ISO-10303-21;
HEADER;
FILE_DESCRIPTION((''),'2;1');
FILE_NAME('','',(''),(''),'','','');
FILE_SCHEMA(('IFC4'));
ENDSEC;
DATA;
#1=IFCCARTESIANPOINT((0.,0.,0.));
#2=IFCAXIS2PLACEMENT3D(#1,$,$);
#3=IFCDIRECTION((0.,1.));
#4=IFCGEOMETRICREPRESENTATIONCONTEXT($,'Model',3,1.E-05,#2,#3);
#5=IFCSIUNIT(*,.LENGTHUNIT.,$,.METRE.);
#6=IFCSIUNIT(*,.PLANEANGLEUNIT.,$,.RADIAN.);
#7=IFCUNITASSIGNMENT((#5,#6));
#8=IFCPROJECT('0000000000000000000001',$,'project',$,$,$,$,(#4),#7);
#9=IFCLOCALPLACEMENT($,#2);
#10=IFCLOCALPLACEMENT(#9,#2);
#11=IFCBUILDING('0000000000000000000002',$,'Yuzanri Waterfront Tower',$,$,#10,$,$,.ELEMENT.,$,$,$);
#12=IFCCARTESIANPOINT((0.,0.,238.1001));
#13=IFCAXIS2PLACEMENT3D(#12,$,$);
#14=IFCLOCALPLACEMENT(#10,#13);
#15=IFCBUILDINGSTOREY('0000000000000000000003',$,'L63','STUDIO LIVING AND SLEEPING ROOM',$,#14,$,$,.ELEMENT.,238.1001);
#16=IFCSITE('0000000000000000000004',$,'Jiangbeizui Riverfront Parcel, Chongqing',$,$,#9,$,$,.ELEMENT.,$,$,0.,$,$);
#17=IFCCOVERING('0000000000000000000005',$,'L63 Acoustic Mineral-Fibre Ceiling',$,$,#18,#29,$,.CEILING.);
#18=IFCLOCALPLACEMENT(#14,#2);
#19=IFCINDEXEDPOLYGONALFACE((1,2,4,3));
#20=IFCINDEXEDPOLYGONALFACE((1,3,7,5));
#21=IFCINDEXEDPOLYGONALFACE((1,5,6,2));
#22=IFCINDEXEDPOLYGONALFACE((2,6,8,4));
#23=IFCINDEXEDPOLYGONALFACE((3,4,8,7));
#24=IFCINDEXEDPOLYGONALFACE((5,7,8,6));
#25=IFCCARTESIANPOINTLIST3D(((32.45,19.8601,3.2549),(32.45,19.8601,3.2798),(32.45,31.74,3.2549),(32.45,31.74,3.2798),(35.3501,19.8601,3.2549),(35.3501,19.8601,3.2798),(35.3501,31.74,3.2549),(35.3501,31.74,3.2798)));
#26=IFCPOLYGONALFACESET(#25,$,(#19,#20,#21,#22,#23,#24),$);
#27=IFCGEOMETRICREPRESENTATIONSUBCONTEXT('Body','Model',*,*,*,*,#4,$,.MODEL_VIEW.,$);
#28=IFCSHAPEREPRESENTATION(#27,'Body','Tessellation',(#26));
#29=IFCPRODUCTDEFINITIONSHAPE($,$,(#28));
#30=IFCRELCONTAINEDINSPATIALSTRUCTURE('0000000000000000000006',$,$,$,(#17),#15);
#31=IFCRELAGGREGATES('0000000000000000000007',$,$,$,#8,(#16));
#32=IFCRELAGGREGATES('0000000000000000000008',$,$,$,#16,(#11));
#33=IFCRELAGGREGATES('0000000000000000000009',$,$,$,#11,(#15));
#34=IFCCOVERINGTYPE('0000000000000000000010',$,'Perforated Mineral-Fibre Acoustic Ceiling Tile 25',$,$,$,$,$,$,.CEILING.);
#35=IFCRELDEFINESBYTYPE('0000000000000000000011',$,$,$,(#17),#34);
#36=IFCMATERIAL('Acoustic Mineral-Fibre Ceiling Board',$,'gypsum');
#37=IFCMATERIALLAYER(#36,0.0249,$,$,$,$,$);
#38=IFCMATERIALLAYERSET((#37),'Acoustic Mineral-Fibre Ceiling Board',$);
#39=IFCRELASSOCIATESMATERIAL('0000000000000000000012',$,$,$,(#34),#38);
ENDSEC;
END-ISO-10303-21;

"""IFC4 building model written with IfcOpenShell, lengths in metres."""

from ifc_helpers import new_model, si_unit, direction, frame, origin, place, context, subcontext, project, spatial, polyline, outline, extrude, material, layer, layer_set, type_object, element, save


model = new_model("IFC4")

# Units and contexts
model_context = context("Model", 3, precision=1e-05, world=origin(), true_north=direction((0.0, 1.0)))
body_context = subcontext(model_context, "Body", "Model", "MODEL_VIEW")
ifc_project = project(units=[si_unit("LENGTHUNIT", "METRE"), si_unit("PLANEANGLEUNIT", "RADIAN")], contexts=[model_context])

# Site, building, storey
site_placement = place(None, origin())
site = spatial("IfcSite", under=ifc_project, at=site_placement, Name="Jiangbeizui Riverfront Parcel, Chongqing", CompositionType="ELEMENT", RefElevation=0.0)
building_placement = place(site_placement, origin())
building = spatial("IfcBuilding", under=site, at=building_placement, Name="Yuzanri Waterfront Tower", CompositionType="ELEMENT")
storey_placement = place(building_placement, frame((0.0, 0.0, 238.1001)))
storey = spatial("IfcBuildingStorey", under=building, at=storey_placement, Name="L63", Description="STUDIO LIVING AND SLEEPING ROOM", CompositionType="ELEMENT", Elevation=238.1001)

# Covering
ifc_material_1 = material(Name="Acoustic Mineral-Fibre Ceiling Board", Category="gypsum")
ifc_layer_1 = layer(ifc_material_1, 0.0249)
ifc_layer_set_1 = layer_set([ifc_layer_1], Name="Acoustic Mineral-Fibre Ceiling Board")
covering_type_1 = type_object("IfcCoveringType", Name="Perforated Mineral-Fibre Acoustic Ceiling Tile 25", PredefinedType="CEILING", material=ifc_layer_set_1)
covering_1_placement = place(storey_placement, frame((0.0, 0.0, 3.2549)))
element("IfcCovering", 1, at=covering_1_placement, inside=storey, type_object=covering_type_1, Name="L63 Acoustic Mineral-Fibre Ceiling", PredefinedType="CEILING", context=body_context, shape_type="SweptSolid", body=[
    extrude(outline(polyline([(32.45, 19.8601), (35.3501, 19.8601), (35.3501, 31.74), (32.45, 31.74), (32.45, 19.8601)])), origin(), (0.0, 0.0, 1.0), 0.0249),
])

save(model, "model.ifc")
